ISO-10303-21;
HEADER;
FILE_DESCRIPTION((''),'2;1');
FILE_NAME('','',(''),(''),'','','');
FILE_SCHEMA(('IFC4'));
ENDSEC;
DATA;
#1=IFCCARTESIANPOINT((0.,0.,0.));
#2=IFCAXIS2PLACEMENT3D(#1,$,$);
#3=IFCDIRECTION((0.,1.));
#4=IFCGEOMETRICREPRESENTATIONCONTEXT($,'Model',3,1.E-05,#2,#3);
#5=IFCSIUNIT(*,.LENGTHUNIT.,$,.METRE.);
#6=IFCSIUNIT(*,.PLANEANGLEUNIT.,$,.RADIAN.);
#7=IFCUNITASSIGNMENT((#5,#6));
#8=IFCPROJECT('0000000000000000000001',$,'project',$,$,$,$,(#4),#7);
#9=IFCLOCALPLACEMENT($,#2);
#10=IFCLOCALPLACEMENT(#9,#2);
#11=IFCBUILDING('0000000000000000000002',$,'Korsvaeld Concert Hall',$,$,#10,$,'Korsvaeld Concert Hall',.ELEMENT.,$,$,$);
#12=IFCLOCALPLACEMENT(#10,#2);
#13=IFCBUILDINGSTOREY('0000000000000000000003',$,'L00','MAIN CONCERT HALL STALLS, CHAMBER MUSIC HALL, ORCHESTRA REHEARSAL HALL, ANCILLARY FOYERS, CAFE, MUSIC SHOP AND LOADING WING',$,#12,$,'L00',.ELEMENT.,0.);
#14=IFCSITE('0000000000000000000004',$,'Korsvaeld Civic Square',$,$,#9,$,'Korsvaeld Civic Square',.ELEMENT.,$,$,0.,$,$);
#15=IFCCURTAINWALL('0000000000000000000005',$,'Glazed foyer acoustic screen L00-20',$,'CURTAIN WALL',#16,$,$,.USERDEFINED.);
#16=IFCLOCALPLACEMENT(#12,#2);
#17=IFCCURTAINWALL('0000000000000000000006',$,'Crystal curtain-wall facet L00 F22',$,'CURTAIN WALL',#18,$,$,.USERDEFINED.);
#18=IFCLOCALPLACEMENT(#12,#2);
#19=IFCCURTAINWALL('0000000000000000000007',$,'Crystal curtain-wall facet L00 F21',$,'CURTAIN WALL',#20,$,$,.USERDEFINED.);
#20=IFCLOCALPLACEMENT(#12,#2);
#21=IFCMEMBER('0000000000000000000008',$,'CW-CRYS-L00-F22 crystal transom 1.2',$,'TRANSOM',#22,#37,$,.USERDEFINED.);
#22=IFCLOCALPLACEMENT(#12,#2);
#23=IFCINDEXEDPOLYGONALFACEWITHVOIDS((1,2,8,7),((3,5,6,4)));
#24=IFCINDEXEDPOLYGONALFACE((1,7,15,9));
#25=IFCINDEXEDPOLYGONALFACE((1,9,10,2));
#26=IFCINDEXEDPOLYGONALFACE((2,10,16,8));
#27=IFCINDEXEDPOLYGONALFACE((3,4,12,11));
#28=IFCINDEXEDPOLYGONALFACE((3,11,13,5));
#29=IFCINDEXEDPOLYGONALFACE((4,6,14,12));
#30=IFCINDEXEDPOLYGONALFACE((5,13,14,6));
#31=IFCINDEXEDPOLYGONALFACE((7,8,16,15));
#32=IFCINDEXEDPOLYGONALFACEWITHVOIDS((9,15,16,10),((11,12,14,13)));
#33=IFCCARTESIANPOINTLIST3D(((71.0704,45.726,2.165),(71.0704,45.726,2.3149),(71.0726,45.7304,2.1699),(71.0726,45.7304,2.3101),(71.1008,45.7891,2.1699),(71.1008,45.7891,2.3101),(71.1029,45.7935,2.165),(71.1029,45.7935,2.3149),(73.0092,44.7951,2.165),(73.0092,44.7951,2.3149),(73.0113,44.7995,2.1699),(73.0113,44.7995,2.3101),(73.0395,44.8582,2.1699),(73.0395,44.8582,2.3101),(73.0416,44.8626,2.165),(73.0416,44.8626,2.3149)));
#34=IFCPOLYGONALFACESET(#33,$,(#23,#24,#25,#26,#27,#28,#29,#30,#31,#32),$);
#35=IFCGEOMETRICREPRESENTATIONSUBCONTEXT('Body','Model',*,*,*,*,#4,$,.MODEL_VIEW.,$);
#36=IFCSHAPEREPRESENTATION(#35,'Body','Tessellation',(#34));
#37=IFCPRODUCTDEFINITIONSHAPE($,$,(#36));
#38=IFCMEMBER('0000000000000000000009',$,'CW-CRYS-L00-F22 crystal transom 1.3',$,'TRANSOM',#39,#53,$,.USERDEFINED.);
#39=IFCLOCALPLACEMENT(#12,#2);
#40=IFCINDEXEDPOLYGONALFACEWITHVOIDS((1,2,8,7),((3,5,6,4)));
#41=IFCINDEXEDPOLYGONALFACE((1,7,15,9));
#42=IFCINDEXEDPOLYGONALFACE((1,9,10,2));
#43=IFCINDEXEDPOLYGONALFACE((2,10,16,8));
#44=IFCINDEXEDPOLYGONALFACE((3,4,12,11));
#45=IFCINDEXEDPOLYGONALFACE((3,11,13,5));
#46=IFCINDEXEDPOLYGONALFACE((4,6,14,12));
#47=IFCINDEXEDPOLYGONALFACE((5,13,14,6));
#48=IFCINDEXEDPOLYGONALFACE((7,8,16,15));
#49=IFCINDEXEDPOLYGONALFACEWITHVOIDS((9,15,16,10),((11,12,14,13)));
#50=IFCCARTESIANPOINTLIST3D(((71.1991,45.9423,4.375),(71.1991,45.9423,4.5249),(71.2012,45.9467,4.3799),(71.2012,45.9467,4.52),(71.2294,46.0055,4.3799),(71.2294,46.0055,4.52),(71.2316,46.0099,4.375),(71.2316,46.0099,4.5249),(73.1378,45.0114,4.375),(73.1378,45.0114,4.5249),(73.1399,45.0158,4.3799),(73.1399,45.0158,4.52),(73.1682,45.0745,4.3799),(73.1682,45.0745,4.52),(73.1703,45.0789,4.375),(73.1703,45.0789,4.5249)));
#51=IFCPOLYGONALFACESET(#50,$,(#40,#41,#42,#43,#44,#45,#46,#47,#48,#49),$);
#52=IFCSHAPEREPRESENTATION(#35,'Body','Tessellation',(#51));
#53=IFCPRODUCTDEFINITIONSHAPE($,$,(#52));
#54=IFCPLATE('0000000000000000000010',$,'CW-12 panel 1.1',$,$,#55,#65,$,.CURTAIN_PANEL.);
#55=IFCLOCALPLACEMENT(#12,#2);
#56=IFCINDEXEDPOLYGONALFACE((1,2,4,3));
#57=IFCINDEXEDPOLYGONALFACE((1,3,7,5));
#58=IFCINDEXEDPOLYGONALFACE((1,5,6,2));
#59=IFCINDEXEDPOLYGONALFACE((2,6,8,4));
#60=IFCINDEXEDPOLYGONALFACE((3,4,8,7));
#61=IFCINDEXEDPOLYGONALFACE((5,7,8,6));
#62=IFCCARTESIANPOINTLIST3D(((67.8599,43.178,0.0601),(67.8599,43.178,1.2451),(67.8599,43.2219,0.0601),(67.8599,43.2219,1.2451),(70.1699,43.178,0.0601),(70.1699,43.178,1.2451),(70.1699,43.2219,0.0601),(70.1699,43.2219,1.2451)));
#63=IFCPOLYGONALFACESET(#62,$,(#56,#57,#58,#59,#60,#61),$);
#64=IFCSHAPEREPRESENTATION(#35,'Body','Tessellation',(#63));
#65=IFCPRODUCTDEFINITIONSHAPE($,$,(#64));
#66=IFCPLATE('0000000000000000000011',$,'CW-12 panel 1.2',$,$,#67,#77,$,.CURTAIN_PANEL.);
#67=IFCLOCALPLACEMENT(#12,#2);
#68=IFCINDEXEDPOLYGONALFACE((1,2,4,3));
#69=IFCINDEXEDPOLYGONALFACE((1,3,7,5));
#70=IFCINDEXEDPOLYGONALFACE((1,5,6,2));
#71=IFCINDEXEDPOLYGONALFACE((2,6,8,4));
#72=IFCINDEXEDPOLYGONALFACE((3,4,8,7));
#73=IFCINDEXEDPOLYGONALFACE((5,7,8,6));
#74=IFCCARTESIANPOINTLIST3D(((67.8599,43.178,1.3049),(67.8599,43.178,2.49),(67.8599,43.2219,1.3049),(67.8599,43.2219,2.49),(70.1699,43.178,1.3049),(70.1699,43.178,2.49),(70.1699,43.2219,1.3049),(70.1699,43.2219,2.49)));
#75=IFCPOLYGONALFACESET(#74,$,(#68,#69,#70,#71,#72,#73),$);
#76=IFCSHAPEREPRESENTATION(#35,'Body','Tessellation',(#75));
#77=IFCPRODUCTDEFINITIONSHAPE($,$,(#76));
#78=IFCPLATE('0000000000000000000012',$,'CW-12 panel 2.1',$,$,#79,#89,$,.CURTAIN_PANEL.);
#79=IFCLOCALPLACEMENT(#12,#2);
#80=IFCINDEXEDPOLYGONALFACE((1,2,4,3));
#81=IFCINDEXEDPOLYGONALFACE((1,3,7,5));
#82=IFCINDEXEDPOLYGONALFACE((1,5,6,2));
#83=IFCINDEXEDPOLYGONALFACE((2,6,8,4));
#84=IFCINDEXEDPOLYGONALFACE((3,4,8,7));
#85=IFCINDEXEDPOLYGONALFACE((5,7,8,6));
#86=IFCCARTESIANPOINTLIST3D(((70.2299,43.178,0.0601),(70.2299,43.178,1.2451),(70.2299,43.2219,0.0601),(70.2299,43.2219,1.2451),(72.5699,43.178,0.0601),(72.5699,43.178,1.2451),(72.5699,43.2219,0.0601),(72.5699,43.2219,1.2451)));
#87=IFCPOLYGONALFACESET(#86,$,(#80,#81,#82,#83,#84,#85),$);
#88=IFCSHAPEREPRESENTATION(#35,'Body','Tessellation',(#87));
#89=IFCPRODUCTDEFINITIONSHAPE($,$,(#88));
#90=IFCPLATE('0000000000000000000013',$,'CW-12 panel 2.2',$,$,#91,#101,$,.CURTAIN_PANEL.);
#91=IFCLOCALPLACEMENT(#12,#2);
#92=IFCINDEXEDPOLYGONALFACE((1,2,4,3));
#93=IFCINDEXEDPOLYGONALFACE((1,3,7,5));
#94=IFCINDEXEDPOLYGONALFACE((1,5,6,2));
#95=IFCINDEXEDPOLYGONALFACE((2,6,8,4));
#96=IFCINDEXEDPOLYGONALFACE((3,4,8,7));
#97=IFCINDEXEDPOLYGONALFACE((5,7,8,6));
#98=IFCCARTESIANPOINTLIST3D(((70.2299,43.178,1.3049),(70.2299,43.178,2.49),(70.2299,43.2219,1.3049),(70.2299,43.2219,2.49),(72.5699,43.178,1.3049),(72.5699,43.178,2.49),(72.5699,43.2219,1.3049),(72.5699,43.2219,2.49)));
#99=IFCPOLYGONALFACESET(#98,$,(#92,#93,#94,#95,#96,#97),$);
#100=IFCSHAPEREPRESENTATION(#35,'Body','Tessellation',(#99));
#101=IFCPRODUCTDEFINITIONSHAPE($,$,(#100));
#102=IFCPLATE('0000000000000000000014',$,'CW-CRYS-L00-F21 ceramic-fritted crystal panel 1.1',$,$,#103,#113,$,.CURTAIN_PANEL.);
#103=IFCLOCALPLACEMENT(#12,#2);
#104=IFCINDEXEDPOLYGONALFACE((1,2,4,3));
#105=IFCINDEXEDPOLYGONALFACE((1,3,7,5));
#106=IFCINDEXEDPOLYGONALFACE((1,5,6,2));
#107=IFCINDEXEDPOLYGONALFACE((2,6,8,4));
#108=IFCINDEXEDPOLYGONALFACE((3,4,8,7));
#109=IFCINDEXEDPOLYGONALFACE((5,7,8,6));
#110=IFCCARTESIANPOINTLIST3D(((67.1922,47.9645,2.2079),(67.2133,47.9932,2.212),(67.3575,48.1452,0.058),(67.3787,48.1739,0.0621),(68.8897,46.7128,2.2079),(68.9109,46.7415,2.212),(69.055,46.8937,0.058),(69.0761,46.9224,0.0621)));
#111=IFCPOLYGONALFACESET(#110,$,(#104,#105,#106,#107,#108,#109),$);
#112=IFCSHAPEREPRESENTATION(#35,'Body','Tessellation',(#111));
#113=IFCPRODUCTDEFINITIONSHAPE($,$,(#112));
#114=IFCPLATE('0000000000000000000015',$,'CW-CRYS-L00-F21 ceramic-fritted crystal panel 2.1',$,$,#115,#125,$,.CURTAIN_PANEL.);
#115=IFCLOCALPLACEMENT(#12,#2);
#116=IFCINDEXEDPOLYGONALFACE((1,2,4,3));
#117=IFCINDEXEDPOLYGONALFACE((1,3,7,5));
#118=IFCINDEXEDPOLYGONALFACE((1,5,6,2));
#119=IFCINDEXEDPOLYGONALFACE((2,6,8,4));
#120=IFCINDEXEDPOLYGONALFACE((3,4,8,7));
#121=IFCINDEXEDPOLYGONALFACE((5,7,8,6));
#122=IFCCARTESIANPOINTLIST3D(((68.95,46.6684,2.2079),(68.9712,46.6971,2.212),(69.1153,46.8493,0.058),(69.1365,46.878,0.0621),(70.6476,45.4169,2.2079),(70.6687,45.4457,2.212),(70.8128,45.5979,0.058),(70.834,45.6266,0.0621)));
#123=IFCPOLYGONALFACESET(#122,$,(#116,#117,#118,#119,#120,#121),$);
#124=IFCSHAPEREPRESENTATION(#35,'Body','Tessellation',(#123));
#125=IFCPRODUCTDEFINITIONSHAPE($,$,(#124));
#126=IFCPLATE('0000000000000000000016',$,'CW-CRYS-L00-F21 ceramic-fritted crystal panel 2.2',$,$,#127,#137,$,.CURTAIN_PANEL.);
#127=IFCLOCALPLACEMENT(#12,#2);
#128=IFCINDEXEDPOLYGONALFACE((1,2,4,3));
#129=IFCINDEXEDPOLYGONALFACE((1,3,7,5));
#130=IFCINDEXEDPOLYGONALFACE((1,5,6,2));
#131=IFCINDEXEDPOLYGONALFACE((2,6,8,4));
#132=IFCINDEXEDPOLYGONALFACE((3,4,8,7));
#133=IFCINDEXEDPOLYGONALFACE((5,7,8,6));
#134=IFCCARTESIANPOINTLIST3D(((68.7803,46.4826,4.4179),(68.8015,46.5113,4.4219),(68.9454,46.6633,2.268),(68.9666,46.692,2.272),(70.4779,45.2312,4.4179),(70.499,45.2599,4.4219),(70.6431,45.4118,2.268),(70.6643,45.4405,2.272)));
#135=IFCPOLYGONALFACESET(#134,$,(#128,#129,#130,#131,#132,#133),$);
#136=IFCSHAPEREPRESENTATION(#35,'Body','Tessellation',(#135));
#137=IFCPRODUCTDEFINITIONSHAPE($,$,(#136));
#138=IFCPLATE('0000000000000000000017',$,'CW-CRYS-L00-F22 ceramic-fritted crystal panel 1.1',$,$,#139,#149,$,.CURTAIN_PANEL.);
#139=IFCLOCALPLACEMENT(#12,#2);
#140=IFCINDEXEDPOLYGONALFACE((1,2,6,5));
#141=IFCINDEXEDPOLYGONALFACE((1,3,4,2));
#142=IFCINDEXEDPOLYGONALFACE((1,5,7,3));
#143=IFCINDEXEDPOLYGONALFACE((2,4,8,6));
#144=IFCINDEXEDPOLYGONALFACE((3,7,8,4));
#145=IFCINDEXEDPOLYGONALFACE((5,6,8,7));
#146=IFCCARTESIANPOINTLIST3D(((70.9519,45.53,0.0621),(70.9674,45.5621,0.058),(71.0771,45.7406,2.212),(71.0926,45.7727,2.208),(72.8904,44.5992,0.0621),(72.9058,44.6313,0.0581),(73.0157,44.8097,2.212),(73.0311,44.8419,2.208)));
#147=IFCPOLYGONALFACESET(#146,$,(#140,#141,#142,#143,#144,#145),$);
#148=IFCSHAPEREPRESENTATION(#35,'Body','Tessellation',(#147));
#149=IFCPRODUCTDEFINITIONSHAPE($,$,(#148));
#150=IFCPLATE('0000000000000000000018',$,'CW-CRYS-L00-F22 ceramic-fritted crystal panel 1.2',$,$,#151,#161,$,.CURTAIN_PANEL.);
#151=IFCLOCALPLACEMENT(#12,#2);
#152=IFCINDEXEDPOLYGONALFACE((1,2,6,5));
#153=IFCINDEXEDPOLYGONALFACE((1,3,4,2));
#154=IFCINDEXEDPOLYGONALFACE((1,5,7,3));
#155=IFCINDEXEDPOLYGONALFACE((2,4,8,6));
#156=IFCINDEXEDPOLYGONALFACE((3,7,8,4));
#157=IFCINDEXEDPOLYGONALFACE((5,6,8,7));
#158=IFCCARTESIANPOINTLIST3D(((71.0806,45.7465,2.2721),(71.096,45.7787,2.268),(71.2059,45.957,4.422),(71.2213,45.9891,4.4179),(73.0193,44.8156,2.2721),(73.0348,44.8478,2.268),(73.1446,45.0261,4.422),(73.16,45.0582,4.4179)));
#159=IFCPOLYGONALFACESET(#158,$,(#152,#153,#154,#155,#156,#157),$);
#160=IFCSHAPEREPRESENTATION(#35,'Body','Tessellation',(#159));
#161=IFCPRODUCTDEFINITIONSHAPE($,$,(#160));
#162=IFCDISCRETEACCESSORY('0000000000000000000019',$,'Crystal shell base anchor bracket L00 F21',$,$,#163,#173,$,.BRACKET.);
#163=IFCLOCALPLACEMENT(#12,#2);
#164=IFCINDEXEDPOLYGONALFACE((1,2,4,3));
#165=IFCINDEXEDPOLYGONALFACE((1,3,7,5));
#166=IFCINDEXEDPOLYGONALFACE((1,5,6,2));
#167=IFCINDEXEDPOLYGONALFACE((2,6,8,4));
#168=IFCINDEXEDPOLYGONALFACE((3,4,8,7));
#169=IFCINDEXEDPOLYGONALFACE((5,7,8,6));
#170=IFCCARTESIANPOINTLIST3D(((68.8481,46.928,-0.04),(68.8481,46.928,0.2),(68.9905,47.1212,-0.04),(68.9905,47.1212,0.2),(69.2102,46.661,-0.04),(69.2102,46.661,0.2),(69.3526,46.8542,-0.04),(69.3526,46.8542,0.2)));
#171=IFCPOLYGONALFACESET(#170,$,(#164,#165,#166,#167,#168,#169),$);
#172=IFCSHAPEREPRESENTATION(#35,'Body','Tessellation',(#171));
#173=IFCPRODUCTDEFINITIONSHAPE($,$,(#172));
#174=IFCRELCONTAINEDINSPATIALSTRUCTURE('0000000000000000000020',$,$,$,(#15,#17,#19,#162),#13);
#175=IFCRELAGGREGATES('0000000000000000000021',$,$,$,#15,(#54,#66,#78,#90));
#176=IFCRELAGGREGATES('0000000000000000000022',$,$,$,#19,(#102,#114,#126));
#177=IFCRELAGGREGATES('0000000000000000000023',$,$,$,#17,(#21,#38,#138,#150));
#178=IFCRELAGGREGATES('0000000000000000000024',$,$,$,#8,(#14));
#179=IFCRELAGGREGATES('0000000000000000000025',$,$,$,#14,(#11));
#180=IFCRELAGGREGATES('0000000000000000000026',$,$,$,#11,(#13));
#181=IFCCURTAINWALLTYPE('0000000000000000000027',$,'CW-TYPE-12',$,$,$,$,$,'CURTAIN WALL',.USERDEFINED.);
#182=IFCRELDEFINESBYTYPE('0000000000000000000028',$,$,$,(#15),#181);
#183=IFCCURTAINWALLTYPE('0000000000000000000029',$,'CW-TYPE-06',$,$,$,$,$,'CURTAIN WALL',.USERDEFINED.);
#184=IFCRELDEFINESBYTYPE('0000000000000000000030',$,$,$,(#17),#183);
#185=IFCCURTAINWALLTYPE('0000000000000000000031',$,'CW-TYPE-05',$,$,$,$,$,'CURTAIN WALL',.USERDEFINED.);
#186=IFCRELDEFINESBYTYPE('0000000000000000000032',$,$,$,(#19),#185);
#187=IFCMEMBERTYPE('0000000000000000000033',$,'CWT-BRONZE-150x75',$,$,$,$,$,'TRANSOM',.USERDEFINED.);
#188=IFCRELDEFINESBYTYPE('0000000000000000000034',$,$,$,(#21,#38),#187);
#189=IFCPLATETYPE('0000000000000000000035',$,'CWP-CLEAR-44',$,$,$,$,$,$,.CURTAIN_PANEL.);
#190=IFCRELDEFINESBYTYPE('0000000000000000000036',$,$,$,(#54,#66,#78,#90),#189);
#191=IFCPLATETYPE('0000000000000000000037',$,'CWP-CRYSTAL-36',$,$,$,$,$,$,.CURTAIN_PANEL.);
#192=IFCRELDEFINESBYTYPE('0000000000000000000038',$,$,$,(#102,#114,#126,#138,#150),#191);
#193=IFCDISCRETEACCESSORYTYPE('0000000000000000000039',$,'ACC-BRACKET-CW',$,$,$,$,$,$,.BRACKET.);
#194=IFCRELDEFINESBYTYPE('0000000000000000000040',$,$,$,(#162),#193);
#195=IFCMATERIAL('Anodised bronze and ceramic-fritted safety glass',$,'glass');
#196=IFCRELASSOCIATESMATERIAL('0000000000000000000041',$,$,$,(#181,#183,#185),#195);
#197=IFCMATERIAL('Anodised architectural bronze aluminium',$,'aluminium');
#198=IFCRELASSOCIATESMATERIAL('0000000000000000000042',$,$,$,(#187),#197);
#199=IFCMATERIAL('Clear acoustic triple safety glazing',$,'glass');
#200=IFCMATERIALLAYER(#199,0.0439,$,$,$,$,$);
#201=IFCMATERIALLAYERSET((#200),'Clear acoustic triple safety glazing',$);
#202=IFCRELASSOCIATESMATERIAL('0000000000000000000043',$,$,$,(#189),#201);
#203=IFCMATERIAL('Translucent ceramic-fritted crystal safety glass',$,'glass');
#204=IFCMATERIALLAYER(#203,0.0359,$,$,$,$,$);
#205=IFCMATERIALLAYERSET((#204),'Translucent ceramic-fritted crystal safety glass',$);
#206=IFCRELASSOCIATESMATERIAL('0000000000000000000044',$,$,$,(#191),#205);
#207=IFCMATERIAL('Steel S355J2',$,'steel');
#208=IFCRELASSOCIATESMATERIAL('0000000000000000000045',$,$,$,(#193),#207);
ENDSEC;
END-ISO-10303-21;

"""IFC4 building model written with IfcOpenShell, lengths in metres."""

from ifc_helpers import new_model, si_unit, direction, frame, origin, origin_2d, place, context, subcontext, project, spatial, polyline, rectangle, hollow_rectangle, outline, extrude, material, layer, layer_set, material_profile, profile_set, type_object, element, aggregate, save


model = new_model("IFC4")

# Units and contexts
model_context = context("Model", 3, precision=1e-05, world=origin(), true_north=direction((0.0, 1.0)))
body_context = subcontext(model_context, "Body", "Model", "MODEL_VIEW")
ifc_project = project(units=[si_unit("LENGTHUNIT", "METRE"), si_unit("PLANEANGLEUNIT", "RADIAN")], contexts=[model_context])

# Site, building, storey
site_placement = place(None, origin())
site = spatial("IfcSite", under=ifc_project, at=site_placement, Name="Korsvaeld Civic Square", LongName="Korsvaeld Civic Square", CompositionType="ELEMENT", RefElevation=0.0)
building_placement = place(site_placement, origin())
building = spatial("IfcBuilding", under=site, at=building_placement, Name="Korsvaeld Concert Hall", LongName="Korsvaeld Concert Hall", CompositionType="ELEMENT")
storey_placement = place(building_placement, origin())
storey = spatial("IfcBuildingStorey", under=building, at=storey_placement, Name="L00", Description="MAIN CONCERT HALL STALLS, CHAMBER MUSIC HALL, ORCHESTRA REHEARSAL HALL, ANCILLARY FOYERS, CAFE, MUSIC SHOP AND LOADING WING", LongName="L00", CompositionType="ELEMENT", Elevation=0.0)

# Curtain wall
ifc_material_1 = material(Name="Anodised bronze and ceramic-fritted safety glass", Category="glass")
curtain_wall_type_1 = type_object("IfcCurtainWallType", Name="CW-TYPE-12", ElementType="CURTAIN WALL", PredefinedType="USERDEFINED", material=ifc_material_1)
curtain_wall_1_placement = place(storey_placement, origin())
curtain_wall_1 = element("IfcCurtainWall", 1, at=curtain_wall_1_placement, inside=storey, type_object=curtain_wall_type_1, Name="Glazed foyer acoustic screen L00-20", ObjectType="CURTAIN WALL", PredefinedType="USERDEFINED")
ifc_material_2 = material(Name="Anodised architectural bronze aluminium", Category="aluminium")

# Curtain wall
curtain_wall_type_2 = type_object("IfcCurtainWallType", Name="CW-TYPE-06", ElementType="CURTAIN WALL", PredefinedType="USERDEFINED", material=ifc_material_1)
curtain_wall_2_placement = place(storey_placement, origin())
curtain_wall_2 = element("IfcCurtainWall", 2, at=curtain_wall_2_placement, inside=storey, type_object=curtain_wall_type_2, Name="Crystal curtain-wall facet L00 F22", ObjectType="CURTAIN WALL", PredefinedType="USERDEFINED")

# Curtain wall
curtain_wall_type_3 = type_object("IfcCurtainWallType", Name="CW-TYPE-05", ElementType="CURTAIN WALL", PredefinedType="USERDEFINED", material=ifc_material_1)
curtain_wall_3_placement = place(storey_placement, origin())
curtain_wall_3 = element("IfcCurtainWall", 3, at=curtain_wall_3_placement, inside=storey, type_object=curtain_wall_type_3, Name="Crystal curtain-wall facet L00 F21", ObjectType="CURTAIN WALL", PredefinedType="USERDEFINED")

# Members
ifc_material_profile_1 = material_profile(ifc_material_2, hollow_rectangle(XDim=0.075, YDim=0.1499, WallThickness=0.0049, at=origin_2d()), Name="CWT 150x75x5")
ifc_profile_set_1 = profile_set([ifc_material_profile_1], Name="Anodised architectural bronze aluminium")
member_type_1 = type_object("IfcMemberType", Name="CWT-BRONZE-150x75", ElementType="TRANSOM", PredefinedType="USERDEFINED", material=ifc_profile_set_1)
member_1_placement = place(storey_placement, frame((71.0867, 45.7598, 2.24), z_axis=(0.901465, -0.432853, 0.0), x_axis=(0.432853, 0.901465, 0.0)))
member_1 = element("IfcMember", 4, at=member_1_placement, type_object=member_type_1, Name="CW-CRYS-L00-F22 crystal transom 1.2", ObjectType="TRANSOM", PredefinedType="USERDEFINED", context=body_context, shape_type="SweptSolid", body=[
    extrude(hollow_rectangle(XDim=0.075, YDim=0.1499, WallThickness=0.0049, at=origin_2d()), origin(), (0.0, 0.0, 1.0), 2.1506),
])
member_2_placement = place(storey_placement, frame((71.2153, 45.9761, 4.45), z_axis=(0.901465, -0.432853, 0.0), x_axis=(0.432853, 0.901465, 0.0)))
member_2 = element("IfcMember", 5, at=member_2_placement, type_object=member_type_1, Name="CW-CRYS-L00-F22 crystal transom 1.3", ObjectType="TRANSOM", PredefinedType="USERDEFINED", context=body_context, shape_type="SweptSolid", body=[
    extrude(hollow_rectangle(XDim=0.075, YDim=0.1499, WallThickness=0.0049, at=origin_2d()), origin(), (0.0, 0.0, 1.0), 2.1506),
])

# Plates
ifc_material_3 = material(Name="Clear acoustic triple safety glazing", Category="glass")
ifc_layer_1 = layer(ifc_material_3, 0.0439)
ifc_layer_set_1 = layer_set([ifc_layer_1], Name="Clear acoustic triple safety glazing")
plate_type_1 = type_object("IfcPlateType", Name="CWP-CLEAR-44", PredefinedType="CURTAIN_PANEL", material=ifc_layer_set_1)
plate_1_placement = place(storey_placement, frame((69.0149, 43.2, 0.0601), z_axis=(0.0, 0.0, 1.0), x_axis=(1.0, 0.0, 0.0)))
plate_1 = element("IfcPlate", 6, at=plate_1_placement, type_object=plate_type_1, Name="CW-12 panel 1.1", PredefinedType="CURTAIN_PANEL", context=body_context, shape_type="SweptSolid", body=[
    extrude(rectangle(XDim=2.3101, YDim=0.0439, at=origin_2d()), origin(), (0.0, 0.0, 1.0), 1.1851),
])
plate_2_placement = place(storey_placement, frame((69.0149, 43.2, 1.3049), z_axis=(0.0, 0.0, 1.0), x_axis=(1.0, 0.0, 0.0)))
plate_2 = element("IfcPlate", 7, at=plate_2_placement, type_object=plate_type_1, Name="CW-12 panel 1.2", PredefinedType="CURTAIN_PANEL", context=body_context, shape_type="SweptSolid", body=[
    extrude(rectangle(XDim=2.3101, YDim=0.0439, at=origin_2d()), origin(), (0.0, 0.0, 1.0), 1.1851),
])
plate_3_placement = place(storey_placement, frame((71.3999, 43.2, 0.0601), z_axis=(0.0, 0.0, 1.0), x_axis=(1.0, 0.0, 0.0)))
plate_3 = element("IfcPlate", 8, at=plate_3_placement, type_object=plate_type_1, Name="CW-12 panel 2.1", PredefinedType="CURTAIN_PANEL", context=body_context, shape_type="SweptSolid", body=[
    extrude(rectangle(XDim=2.3401, YDim=0.0439, at=origin_2d()), origin(), (0.0, 0.0, 1.0), 1.1851),
])
plate_4_placement = place(storey_placement, frame((71.3999, 43.2, 1.3049), z_axis=(0.0, 0.0, 1.0), x_axis=(1.0, 0.0, 0.0)))
plate_4 = element("IfcPlate", 9, at=plate_4_placement, type_object=plate_type_1, Name="CW-12 panel 2.2", PredefinedType="CURTAIN_PANEL", context=body_context, shape_type="SweptSolid", body=[
    extrude(rectangle(XDim=2.3401, YDim=0.0439, at=origin_2d()), origin(), (0.0, 0.0, 1.0), 1.1851),
])
aggregate(curtain_wall_1, [plate_1, plate_2, plate_3, plate_4])
ifc_material_4 = material(Name="Translucent ceramic-fritted crystal safety glass", Category="glass")
ifc_layer_2 = layer(ifc_material_4, 0.0359)
ifc_layer_set_2 = layer_set([ifc_layer_2], Name="Translucent ceramic-fritted crystal safety glass")
plate_type_2 = type_object("IfcPlateType", Name="CWP-CRYSTAL-36", PredefinedType="CURTAIN_PANEL", material=ifc_layer_set_2)
plate_5_placement = place(storey_placement, frame((67.3682, 48.1597, 0.0601), z_axis=(-0.589669, -0.799759, -0.112585), x_axis=(0.804877, -0.593441, -0.000005)))
plate_5 = element("IfcPlate", 10, at=plate_5_placement, type_object=plate_type_2, Name="CW-CRYS-L00-F21 ceramic-fritted crystal panel 1.1", PredefinedType="CURTAIN_PANEL", context=body_context, shape_type="SweptSolid", body=[
    extrude(outline(polyline([(0.0, 0.0), (2.109, 0.0), (2.0833, 2.1637), (-0.0258, 2.1636), (0.0, 0.0)])), frame((0.0, 0.0, 0.0181)), (0.0, 0.0, -1.0), 0.0359),
])
plate_6_placement = place(storey_placement, frame((69.126, 46.8638, 0.0601), z_axis=(-0.589629, -0.799783, -0.11263), x_axis=(0.804905, -0.593404, 0.0)))
plate_6 = element("IfcPlate", 11, at=plate_6_placement, type_object=plate_type_2, Name="CW-CRYS-L00-F21 ceramic-fritted crystal panel 2.1", PredefinedType="CURTAIN_PANEL", context=body_context, shape_type="SweptSolid", body=[
    extrude(outline(polyline([(0.0, 0.0), (2.109, 0.0), (2.0833, 2.1637), (-0.0257, 2.1637), (0.0, 0.0)])), frame((0.0, 0.0, 0.0181)), (0.0, 0.0, -1.0), 0.0359),
])
plate_7_placement = place(storey_placement, frame((68.9561, 46.6777, 2.27), z_axis=(-0.589609, -0.799814, -0.112507), x_axis=(0.804925, -0.593376, -0.000004)))
plate_7 = element("IfcPlate", 12, at=plate_7_placement, type_object=plate_type_2, Name="CW-CRYS-L00-F21 ceramic-fritted crystal panel 2.2", PredefinedType="CURTAIN_PANEL", context=body_context, shape_type="SweptSolid", body=[
    extrude(outline(polyline([(0.0, 0.0), (2.1092, 0.0), (2.0833, 2.1636), (-0.0257, 2.1636), (0.0, 0.0)])), frame((0.0, 0.0, 0.0181)), (0.0, 0.0, -1.0), 0.0359),
])
aggregate(curtain_wall_3, [plate_5, plate_6, plate_7])
plate_8_placement = place(storey_placement, frame((70.9597, 45.5461, 0.0601), z_axis=(-0.430089, -0.895714, 0.112785), x_axis=(0.901466, -0.43285, 0.000006)))
plate_8 = element("IfcPlate", 13, at=plate_8_placement, type_object=plate_type_2, Name="CW-CRYS-L00-F22 ceramic-fritted crystal panel 1.1", PredefinedType="CURTAIN_PANEL", context=body_context, shape_type="SweptSolid", body=[
    extrude(outline(polyline([(0.0, 0.0), (2.1503, 0.0), (2.1721, 2.1637), (0.0217, 2.1637), (0.0, 0.0)])), frame((0.0, 0.0, 0.0181)), (0.0, 0.0, -1.0), 0.0359),
])
plate_9_placement = place(storey_placement, frame((71.0884, 45.7627, 2.27), z_axis=(-0.430093, -0.895718, 0.112735), x_axis=(0.901465, -0.432853, 0.0)))
plate_9 = element("IfcPlate", 14, at=plate_9_placement, type_object=plate_type_2, Name="CW-CRYS-L00-F22 ceramic-fritted crystal panel 1.2", PredefinedType="CURTAIN_PANEL", context=body_context, shape_type="SweptSolid", body=[
    extrude(outline(polyline([(0.0, 0.0), (2.1506, 0.0), (2.1724, 2.1637), (0.0218, 2.1637), (0.0, 0.0)])), frame((0.0, 0.0, 0.0181)), (0.0, 0.0, -1.0), 0.0359),
])
aggregate(curtain_wall_2, [member_1, member_2, plate_8, plate_9])

# Discrete accessory
ifc_material_5 = material(Name="Steel S355J2", Category="steel")
discrete_accessory_type = type_object("IfcDiscreteAccessoryType", Name="ACC-BRACKET-CW", PredefinedType="BRACKET", material=ifc_material_5)
discrete_accessory_placement = place(storey_placement, frame((69.1003, 46.8911, -0.04), z_axis=(0.0, 0.0, 1.0), x_axis=(0.804894, -0.593419, 0.0)))
element("IfcDiscreteAccessory", 15, at=discrete_accessory_placement, inside=storey, type_object=discrete_accessory_type, Name="Crystal shell base anchor bracket L00 F21", PredefinedType="BRACKET", context=body_context, shape_type="SweptSolid", body=[
    extrude(rectangle(XDim=0.45, YDim=0.24, at=origin_2d()), origin(), (0.0, 0.0, 1.0), 0.24),
])

save(model, "model.ifc")
